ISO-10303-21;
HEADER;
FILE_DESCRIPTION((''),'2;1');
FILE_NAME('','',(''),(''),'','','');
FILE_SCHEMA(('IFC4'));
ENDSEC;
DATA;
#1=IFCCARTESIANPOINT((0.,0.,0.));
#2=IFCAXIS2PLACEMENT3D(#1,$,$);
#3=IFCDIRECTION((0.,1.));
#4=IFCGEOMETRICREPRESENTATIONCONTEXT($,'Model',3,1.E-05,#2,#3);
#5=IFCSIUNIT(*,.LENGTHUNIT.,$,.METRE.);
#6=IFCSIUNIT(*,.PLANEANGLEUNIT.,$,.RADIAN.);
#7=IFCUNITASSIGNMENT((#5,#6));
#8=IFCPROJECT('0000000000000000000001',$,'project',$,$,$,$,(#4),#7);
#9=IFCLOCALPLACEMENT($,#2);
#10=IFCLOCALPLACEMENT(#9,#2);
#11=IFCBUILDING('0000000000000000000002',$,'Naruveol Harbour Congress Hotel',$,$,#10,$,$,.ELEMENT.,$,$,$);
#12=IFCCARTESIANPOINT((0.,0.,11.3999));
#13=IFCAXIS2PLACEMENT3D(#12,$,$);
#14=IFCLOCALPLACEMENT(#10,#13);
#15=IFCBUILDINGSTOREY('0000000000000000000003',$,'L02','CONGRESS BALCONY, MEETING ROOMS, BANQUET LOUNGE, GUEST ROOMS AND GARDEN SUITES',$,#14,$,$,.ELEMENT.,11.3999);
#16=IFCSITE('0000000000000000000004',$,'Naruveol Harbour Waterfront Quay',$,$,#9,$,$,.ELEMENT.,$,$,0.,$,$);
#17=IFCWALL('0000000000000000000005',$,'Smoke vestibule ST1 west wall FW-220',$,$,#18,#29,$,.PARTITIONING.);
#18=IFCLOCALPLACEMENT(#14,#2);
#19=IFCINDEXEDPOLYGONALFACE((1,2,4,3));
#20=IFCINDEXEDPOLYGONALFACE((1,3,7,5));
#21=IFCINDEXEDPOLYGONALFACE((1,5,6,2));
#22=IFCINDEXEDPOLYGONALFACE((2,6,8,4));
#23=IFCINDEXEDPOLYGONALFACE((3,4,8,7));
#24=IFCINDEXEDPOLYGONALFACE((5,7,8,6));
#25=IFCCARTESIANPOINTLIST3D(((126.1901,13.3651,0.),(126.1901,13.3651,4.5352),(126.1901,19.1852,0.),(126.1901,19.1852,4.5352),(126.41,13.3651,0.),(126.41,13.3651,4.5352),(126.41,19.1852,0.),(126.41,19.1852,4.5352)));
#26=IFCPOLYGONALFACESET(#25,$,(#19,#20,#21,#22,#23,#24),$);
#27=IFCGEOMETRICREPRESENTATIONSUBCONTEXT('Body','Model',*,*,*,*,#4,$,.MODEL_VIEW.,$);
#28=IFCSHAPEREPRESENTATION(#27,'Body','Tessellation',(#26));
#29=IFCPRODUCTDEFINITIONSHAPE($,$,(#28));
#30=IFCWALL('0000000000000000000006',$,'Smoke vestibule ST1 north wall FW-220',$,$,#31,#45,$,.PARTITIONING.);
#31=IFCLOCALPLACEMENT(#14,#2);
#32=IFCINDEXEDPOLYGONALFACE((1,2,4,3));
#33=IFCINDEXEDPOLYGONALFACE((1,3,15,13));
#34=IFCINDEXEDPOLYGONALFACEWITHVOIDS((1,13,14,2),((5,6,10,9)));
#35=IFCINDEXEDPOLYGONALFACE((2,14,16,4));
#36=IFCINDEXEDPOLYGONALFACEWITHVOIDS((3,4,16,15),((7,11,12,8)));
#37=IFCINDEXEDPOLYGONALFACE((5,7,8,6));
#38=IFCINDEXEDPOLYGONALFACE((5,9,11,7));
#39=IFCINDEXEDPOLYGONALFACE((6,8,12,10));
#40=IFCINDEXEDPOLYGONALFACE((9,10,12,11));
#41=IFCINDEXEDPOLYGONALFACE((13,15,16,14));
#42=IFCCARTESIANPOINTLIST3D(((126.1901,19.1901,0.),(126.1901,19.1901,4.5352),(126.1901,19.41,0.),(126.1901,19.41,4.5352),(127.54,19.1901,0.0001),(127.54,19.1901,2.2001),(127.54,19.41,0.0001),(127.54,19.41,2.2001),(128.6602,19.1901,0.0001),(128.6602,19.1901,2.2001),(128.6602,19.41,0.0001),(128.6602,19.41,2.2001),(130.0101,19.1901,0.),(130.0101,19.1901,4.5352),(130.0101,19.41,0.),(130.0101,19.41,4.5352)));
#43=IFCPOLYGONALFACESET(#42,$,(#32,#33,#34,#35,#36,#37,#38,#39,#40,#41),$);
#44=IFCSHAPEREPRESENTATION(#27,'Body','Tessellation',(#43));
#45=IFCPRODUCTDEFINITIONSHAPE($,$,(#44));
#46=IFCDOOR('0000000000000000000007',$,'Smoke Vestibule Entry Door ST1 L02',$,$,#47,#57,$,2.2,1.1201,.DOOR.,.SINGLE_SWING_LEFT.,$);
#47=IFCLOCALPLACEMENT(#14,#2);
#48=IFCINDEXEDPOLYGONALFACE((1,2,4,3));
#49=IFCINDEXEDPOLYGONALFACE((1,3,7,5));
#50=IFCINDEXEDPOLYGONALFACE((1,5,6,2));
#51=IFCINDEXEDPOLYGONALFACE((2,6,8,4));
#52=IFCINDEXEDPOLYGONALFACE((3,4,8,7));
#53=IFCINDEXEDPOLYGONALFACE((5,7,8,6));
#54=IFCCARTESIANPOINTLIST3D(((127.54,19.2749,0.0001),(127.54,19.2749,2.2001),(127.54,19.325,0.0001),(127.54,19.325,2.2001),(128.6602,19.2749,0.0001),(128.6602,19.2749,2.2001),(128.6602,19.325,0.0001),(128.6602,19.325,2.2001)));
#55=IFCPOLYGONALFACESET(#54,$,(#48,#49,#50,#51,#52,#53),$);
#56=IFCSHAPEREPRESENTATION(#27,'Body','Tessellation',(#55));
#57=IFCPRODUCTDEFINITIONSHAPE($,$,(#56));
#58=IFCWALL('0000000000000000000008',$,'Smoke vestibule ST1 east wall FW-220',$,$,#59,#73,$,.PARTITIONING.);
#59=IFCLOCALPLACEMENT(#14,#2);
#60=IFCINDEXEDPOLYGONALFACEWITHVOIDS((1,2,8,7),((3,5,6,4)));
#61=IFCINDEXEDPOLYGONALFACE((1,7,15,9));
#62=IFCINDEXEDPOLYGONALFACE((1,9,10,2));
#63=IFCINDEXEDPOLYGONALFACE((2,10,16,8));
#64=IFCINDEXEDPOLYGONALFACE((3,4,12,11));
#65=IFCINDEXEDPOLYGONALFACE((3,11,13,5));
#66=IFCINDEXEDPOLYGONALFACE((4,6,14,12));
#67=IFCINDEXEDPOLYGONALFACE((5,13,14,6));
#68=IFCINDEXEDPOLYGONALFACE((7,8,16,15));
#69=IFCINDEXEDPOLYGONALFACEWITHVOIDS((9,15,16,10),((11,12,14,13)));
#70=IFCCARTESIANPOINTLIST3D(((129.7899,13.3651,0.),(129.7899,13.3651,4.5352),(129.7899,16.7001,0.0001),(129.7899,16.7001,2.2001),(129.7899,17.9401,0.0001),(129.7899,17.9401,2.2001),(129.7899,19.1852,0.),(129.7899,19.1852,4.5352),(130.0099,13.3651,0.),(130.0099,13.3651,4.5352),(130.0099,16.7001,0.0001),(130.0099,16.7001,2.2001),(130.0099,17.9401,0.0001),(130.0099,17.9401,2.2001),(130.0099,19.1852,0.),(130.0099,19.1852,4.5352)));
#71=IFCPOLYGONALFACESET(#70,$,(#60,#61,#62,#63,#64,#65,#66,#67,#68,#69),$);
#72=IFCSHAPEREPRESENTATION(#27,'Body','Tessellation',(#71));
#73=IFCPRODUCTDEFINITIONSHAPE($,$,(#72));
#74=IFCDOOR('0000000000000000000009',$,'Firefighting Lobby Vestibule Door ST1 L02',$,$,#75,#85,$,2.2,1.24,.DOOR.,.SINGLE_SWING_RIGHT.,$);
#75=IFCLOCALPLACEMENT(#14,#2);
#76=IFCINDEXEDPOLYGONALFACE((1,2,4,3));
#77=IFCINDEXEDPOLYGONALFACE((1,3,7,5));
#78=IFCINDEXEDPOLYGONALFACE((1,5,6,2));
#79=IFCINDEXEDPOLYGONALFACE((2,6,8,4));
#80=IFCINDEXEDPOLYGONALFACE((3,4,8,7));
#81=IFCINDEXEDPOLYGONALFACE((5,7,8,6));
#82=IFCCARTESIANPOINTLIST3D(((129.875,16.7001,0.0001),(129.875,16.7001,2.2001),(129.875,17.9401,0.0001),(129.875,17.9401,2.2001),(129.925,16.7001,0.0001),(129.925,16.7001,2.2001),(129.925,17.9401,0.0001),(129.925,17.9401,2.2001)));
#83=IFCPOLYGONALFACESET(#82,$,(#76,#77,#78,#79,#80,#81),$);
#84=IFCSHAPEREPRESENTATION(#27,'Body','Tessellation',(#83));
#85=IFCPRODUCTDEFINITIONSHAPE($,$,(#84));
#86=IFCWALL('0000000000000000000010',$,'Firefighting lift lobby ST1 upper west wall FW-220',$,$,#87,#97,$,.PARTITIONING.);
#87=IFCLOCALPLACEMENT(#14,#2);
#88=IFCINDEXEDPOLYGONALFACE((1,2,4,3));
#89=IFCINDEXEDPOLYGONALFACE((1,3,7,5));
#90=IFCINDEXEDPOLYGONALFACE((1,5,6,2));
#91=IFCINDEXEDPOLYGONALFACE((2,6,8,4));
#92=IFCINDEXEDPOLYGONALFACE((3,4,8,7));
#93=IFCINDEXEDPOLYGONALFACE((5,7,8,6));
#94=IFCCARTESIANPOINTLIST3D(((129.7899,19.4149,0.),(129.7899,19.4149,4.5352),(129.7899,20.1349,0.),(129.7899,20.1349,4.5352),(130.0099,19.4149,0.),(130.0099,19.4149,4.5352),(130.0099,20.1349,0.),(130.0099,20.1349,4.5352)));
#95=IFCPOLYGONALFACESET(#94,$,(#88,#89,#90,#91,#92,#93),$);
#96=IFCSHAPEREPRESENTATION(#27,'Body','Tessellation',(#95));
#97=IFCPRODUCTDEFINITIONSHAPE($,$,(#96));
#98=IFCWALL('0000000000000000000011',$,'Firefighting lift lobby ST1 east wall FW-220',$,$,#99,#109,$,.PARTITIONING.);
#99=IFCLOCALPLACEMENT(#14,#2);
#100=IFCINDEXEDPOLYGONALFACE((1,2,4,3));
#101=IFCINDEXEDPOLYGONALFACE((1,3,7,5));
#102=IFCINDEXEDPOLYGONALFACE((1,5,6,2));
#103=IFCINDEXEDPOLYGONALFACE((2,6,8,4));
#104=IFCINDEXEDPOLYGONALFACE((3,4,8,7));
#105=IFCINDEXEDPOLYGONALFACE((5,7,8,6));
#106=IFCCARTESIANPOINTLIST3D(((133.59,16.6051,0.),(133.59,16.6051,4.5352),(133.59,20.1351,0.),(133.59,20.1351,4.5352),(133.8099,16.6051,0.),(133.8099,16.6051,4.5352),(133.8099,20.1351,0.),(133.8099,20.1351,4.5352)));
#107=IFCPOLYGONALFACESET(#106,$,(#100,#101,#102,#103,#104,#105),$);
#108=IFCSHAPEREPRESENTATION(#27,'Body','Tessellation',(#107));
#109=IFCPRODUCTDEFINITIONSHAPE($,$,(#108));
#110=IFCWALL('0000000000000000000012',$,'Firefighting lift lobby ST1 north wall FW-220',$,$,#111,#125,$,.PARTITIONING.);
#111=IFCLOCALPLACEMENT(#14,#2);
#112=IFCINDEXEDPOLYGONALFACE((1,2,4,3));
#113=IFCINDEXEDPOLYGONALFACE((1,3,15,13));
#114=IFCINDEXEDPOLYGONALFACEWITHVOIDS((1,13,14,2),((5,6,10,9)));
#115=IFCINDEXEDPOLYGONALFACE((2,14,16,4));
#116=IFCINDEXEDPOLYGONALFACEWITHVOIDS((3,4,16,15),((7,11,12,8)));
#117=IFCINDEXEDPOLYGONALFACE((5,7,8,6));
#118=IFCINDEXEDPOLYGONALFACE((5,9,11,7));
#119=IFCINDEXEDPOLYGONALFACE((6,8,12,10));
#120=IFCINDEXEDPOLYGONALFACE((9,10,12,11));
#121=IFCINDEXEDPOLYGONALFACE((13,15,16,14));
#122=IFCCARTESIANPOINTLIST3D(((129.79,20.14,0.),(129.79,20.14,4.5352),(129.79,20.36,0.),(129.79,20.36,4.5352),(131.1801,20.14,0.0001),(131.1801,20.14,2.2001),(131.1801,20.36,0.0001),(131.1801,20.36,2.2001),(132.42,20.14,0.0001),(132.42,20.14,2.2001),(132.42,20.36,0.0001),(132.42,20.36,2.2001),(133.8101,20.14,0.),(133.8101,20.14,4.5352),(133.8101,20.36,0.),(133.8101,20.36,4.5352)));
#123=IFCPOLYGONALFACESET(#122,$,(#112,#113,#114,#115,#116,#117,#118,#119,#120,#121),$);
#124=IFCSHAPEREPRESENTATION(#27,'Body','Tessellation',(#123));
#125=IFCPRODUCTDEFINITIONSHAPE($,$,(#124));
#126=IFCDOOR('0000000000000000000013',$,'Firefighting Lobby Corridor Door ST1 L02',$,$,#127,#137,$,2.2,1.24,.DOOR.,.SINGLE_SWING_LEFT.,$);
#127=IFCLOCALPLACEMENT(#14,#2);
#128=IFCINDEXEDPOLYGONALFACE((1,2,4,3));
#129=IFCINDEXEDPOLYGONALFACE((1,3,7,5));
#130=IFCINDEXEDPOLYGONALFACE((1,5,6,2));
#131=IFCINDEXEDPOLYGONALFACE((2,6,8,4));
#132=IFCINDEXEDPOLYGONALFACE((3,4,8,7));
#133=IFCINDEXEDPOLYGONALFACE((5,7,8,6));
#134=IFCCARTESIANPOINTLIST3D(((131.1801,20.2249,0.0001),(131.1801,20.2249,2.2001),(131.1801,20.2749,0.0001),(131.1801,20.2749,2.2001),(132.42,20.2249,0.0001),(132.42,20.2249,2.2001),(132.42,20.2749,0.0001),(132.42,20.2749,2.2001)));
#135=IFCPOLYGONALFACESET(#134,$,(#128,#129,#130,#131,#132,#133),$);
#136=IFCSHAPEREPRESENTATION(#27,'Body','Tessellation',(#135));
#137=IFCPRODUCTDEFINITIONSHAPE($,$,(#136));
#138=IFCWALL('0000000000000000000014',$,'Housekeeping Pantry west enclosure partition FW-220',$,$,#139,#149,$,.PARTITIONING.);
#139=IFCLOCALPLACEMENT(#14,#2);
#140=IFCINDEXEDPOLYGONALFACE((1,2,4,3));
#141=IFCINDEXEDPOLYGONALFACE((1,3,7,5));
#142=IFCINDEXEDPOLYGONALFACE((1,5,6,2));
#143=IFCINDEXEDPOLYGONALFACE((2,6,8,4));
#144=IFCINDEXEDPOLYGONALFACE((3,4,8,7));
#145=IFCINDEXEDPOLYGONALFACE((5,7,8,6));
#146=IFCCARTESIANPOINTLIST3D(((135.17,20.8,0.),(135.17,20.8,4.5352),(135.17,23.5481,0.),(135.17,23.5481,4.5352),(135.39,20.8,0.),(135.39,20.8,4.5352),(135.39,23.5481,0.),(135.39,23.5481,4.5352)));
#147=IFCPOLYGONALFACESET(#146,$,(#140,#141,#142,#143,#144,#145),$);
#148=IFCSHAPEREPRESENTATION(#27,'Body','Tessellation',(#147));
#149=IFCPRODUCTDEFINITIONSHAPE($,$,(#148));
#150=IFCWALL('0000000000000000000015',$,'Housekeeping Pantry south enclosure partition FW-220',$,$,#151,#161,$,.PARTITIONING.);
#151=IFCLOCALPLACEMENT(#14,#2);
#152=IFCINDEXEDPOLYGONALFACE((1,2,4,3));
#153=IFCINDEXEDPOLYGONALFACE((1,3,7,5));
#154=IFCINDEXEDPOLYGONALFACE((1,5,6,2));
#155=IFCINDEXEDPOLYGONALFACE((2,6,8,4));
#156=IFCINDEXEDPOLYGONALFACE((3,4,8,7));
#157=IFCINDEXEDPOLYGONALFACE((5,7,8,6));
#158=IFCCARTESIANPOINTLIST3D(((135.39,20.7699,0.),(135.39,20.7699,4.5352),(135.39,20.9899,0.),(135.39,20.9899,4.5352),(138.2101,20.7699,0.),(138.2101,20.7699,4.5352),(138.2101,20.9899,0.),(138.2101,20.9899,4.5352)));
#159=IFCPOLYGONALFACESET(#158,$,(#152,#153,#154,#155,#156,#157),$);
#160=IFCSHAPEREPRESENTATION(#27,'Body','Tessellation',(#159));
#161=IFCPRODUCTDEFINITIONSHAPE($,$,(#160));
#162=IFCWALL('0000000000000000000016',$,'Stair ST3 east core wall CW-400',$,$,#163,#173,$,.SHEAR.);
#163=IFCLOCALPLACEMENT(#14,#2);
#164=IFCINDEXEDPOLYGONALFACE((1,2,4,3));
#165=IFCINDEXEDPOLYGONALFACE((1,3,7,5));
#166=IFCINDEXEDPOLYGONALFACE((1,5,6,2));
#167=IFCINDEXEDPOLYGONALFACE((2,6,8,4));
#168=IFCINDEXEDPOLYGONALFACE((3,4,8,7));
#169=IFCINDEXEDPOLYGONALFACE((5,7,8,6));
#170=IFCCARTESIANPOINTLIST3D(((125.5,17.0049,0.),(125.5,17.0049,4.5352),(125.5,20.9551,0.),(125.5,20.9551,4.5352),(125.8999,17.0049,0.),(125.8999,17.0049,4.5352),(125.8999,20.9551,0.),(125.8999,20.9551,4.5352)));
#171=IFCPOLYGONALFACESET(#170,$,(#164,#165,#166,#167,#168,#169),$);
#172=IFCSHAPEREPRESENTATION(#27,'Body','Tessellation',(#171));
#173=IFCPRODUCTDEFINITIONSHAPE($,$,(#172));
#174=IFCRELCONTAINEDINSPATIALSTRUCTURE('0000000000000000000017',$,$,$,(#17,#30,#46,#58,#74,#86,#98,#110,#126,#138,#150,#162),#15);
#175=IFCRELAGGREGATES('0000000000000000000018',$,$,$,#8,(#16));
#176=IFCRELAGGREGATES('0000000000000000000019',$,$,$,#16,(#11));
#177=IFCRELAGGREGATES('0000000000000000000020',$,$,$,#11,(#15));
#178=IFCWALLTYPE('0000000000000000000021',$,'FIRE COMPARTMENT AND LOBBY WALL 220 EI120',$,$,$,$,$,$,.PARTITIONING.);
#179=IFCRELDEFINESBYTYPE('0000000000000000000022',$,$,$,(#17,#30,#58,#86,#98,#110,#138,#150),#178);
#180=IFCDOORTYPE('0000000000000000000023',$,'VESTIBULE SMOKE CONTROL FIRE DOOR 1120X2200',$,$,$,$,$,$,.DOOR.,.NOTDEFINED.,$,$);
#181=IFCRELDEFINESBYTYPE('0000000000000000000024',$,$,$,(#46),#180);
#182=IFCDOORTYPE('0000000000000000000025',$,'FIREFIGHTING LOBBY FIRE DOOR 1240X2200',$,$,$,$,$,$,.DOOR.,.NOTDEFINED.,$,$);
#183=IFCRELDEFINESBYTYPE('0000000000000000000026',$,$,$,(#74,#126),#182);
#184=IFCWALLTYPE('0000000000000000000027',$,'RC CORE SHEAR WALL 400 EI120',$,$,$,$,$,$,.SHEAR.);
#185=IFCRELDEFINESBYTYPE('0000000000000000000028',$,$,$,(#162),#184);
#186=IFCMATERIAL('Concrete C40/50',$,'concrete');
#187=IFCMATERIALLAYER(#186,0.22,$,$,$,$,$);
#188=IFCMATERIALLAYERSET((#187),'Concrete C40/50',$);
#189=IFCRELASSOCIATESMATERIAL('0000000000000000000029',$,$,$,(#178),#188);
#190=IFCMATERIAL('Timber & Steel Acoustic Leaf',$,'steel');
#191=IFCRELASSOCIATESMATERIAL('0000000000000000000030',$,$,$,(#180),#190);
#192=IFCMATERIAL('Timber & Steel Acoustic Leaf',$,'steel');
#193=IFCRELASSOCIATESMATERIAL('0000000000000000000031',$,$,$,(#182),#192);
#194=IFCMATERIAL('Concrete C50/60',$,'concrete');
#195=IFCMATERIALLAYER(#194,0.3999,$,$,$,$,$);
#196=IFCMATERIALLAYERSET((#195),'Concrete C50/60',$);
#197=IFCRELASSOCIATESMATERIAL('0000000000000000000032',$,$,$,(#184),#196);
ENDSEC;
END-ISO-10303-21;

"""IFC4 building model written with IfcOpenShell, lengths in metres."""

from ifc_helpers import new_model, si_unit, direction, frame, frame_2d, origin, place, context, subcontext, project, spatial, rectangle, extrude, material, layer, layer_set, type_object, element, fill, save


model = new_model("IFC4")

# Units and contexts
model_context = context("Model", 3, precision=1e-05, world=origin(), true_north=direction((0.0, 1.0)))
body_context = subcontext(model_context, "Body", "Model", "MODEL_VIEW")
ifc_project = project(units=[si_unit("LENGTHUNIT", "METRE"), si_unit("PLANEANGLEUNIT", "RADIAN")], contexts=[model_context])

# Site, building, storey
site_placement = place(None, origin())
site = spatial("IfcSite", under=ifc_project, at=site_placement, Name="Naruveol Harbour Waterfront Quay", CompositionType="ELEMENT", RefElevation=0.0)
building_placement = place(site_placement, origin())
building = spatial("IfcBuilding", under=site, at=building_placement, Name="Naruveol Harbour Congress Hotel", CompositionType="ELEMENT")
storey_placement = place(building_placement, frame((0.0, 0.0, 11.3999)))
storey = spatial("IfcBuildingStorey", under=building, at=storey_placement, Name="L02", Description="CONGRESS BALCONY, MEETING ROOMS, BANQUET LOUNGE, GUEST ROOMS AND GARDEN SUITES", CompositionType="ELEMENT", Elevation=11.3999)

# Wall
ifc_material_1 = material(Name="Concrete C40/50", Category="concrete")
ifc_layer_1 = layer(ifc_material_1, 0.22)
ifc_layer_set_1 = layer_set([ifc_layer_1], Name="Concrete C40/50")
wall_type_1 = type_object("IfcWallType", Name="FIRE COMPARTMENT AND LOBBY WALL 220 EI120", PredefinedType="PARTITIONING", material=ifc_layer_set_1)
wall_1_placement = place(storey_placement, frame((126.3, 13.365, 0.0), z_axis=(0.0, 0.0, 1.0), x_axis=(0.0, 1.0, 0.0)))
element("IfcWall", 1, at=wall_1_placement, inside=storey, type_object=wall_type_1, Name="Smoke vestibule ST1 west wall FW-220", PredefinedType="PARTITIONING", context=body_context, shape_type="SweptSolid", body=[
    extrude(rectangle(XDim=5.8201, YDim=0.22, at=frame_2d((2.9102, 0.0))), origin(), (0.0, 0.0, 1.0), 4.5352),
])

# Walls, openings, doors
wall_2_placement = place(storey_placement, frame((126.1899, 19.3, 0.0), z_axis=(0.0, 0.0, 1.0), x_axis=(1.0, 0.0, 0.0)))
wall_2 = element("IfcWall", 2, at=wall_2_placement, inside=storey, type_object=wall_type_1, Name="Smoke vestibule ST1 north wall FW-220", PredefinedType="PARTITIONING", context=body_context, shape_type="SweptSolid", body=[
    extrude(rectangle(XDim=3.8201, YDim=0.22, at=frame_2d((1.9102, 0.0))), origin(), (0.0, 0.0, 1.0), 4.5352),
])
opening_1_placement = place(wall_2_placement, frame((1.3501, 0.0, 0.0)))
opening_1 = element("IfcOpeningElement", 3, at=opening_1_placement, cuts=wall_2, PredefinedType="OPENING", context=body_context, shape_type="SweptSolid", body=[
    extrude(rectangle(XDim=1.1201, YDim=2.2, at=frame_2d((0.5601, 1.1001))), frame((0.0, 0.1199, 0.0), z_axis=(0.0, -1.0, 0.0), x_axis=(1.0, 0.0, 0.0)), (0.0, 0.0, 1.0), 0.24),
])
ifc_material_2 = material(Name="Timber & Steel Acoustic Leaf", Category="steel")
door_type_1 = type_object("IfcDoorType", Name="VESTIBULE SMOKE CONTROL FIRE DOOR 1120X2200", OperationType="NOTDEFINED", PredefinedType="DOOR", material=ifc_material_2)
door_1_placement = place(opening_1_placement, origin())
door_1 = element("IfcDoor", 4, at=door_1_placement, inside=storey, type_object=door_type_1, Name="Smoke Vestibule Entry Door ST1 L02", OperationType="SINGLE_SWING_LEFT", OverallHeight=2.2, OverallWidth=1.1201, PredefinedType="DOOR", context=body_context, shape_type="SweptSolid", body=[
    extrude(rectangle(XDim=1.1201, YDim=2.2, at=frame_2d((0.5601, 1.1001))), frame((0.0, 0.0249, 0.0), z_axis=(0.0, -1.0, 0.0), x_axis=(1.0, 0.0, 0.0)), (0.0, 0.0, 1.0), 0.05),
])
fill(opening_1, door_1)
wall_3_placement = place(storey_placement, frame((129.8999, 13.365, 0.0), z_axis=(0.0, 0.0, 1.0), x_axis=(0.0, 1.0, 0.0)))
wall_3 = element("IfcWall", 5, at=wall_3_placement, inside=storey, type_object=wall_type_1, Name="Smoke vestibule ST1 east wall FW-220", PredefinedType="PARTITIONING", context=body_context, shape_type="SweptSolid", body=[
    extrude(rectangle(XDim=5.8201, YDim=0.22, at=frame_2d((2.9102, 0.0))), origin(), (0.0, 0.0, 1.0), 4.5352),
])
opening_2_placement = place(wall_3_placement, frame((3.335, 0.0, 0.0)))
opening_2 = element("IfcOpeningElement", 6, at=opening_2_placement, cuts=wall_3, PredefinedType="OPENING", context=body_context, shape_type="SweptSolid", body=[
    extrude(rectangle(XDim=1.24, YDim=2.2, at=frame_2d((0.6201, 1.1001))), frame((0.0, 0.1199, 0.0), z_axis=(0.0, -1.0, 0.0), x_axis=(1.0, 0.0, 0.0)), (0.0, 0.0, 1.0), 0.24),
])
ifc_material_3 = material(Name="Timber & Steel Acoustic Leaf", Category="steel")
door_type_2 = type_object("IfcDoorType", Name="FIREFIGHTING LOBBY FIRE DOOR 1240X2200", OperationType="NOTDEFINED", PredefinedType="DOOR", material=ifc_material_3)
door_2_placement = place(opening_2_placement, origin())
door_2 = element("IfcDoor", 7, at=door_2_placement, inside=storey, type_object=door_type_2, Name="Firefighting Lobby Vestibule Door ST1 L02", OperationType="SINGLE_SWING_RIGHT", OverallHeight=2.2, OverallWidth=1.24, PredefinedType="DOOR", context=body_context, shape_type="SweptSolid", body=[
    extrude(rectangle(XDim=1.24, YDim=2.2, at=frame_2d((0.6201, 1.1001))), frame((0.0, 0.0249, 0.0), z_axis=(0.0, -1.0, 0.0), x_axis=(1.0, 0.0, 0.0)), (0.0, 0.0, 1.0), 0.05),
])
fill(opening_2, door_2)

# Walls
wall_4_placement = place(storey_placement, frame((129.8999, 19.415, 0.0), z_axis=(0.0, 0.0, 1.0), x_axis=(0.0, 1.0, 0.0)))
element("IfcWall", 8, at=wall_4_placement, inside=storey, type_object=wall_type_1, Name="Firefighting lift lobby ST1 upper west wall FW-220", PredefinedType="PARTITIONING", context=body_context, shape_type="SweptSolid", body=[
    extrude(rectangle(XDim=0.72, YDim=0.22, at=frame_2d((0.3599, 0.0))), origin(), (0.0, 0.0, 1.0), 4.5352),
])
wall_5_placement = place(storey_placement, frame((133.7, 16.605, 0.0), z_axis=(0.0, 0.0, 1.0), x_axis=(0.0, 1.0, 0.0)))
element("IfcWall", 9, at=wall_5_placement, inside=storey, type_object=wall_type_1, Name="Firefighting lift lobby ST1 east wall FW-220", PredefinedType="PARTITIONING", context=body_context, shape_type="SweptSolid", body=[
    extrude(rectangle(XDim=3.53, YDim=0.22, at=frame_2d((1.7651, 0.0))), origin(), (0.0, 0.0, 1.0), 4.5352),
])

# Wall, opening, door
wall_6_placement = place(storey_placement, frame((129.79, 20.25, 0.0), z_axis=(0.0, 0.0, 1.0), x_axis=(1.0, 0.0, 0.0)))
wall_6 = element("IfcWall", 10, at=wall_6_placement, inside=storey, type_object=wall_type_1, Name="Firefighting lift lobby ST1 north wall FW-220", PredefinedType="PARTITIONING", context=body_context, shape_type="SweptSolid", body=[
    extrude(rectangle(XDim=4.02, YDim=0.22, at=frame_2d((2.01, 0.0))), origin(), (0.0, 0.0, 1.0), 4.5352),
])
opening_3_placement = place(wall_6_placement, frame((1.3899, 0.0, 0.0)))
opening_3 = element("IfcOpeningElement", 11, at=opening_3_placement, cuts=wall_6, PredefinedType="OPENING", context=body_context, shape_type="SweptSolid", body=[
    extrude(rectangle(XDim=1.24, YDim=2.2, at=frame_2d((0.6201, 1.1001))), frame((0.0, 0.1199, 0.0), z_axis=(0.0, -1.0, 0.0), x_axis=(1.0, 0.0, 0.0)), (0.0, 0.0, 1.0), 0.24),
])
door_3_placement = place(opening_3_placement, origin())
door_3 = element("IfcDoor", 12, at=door_3_placement, inside=storey, type_object=door_type_2, Name="Firefighting Lobby Corridor Door ST1 L02", OperationType="SINGLE_SWING_LEFT", OverallHeight=2.2, OverallWidth=1.24, PredefinedType="DOOR", context=body_context, shape_type="SweptSolid", body=[
    extrude(rectangle(XDim=1.24, YDim=2.2, at=frame_2d((0.6201, 1.1001))), frame((0.0, 0.0249, 0.0), z_axis=(0.0, -1.0, 0.0), x_axis=(1.0, 0.0, 0.0)), (0.0, 0.0, 1.0), 0.05),
])
fill(opening_3, door_3)

# Walls
wall_7_placement = place(storey_placement, frame((135.28, 20.8, 0.0), z_axis=(0.0, 0.0, 1.0), x_axis=(0.0, 1.0, 0.0)))
element("IfcWall", 13, at=wall_7_placement, inside=storey, type_object=wall_type_1, Name="Housekeeping Pantry west enclosure partition FW-220", PredefinedType="PARTITIONING", context=body_context, shape_type="SweptSolid", body=[
    extrude(rectangle(XDim=2.748, YDim=0.22, at=frame_2d((1.374, 0.0))), origin(), (0.0, 0.0, 1.0), 4.5352),
])
wall_8_placement = place(storey_placement, frame((135.3899, 20.8799, 0.0), z_axis=(0.0, 0.0, 1.0), x_axis=(1.0, 0.0, 0.0)))
element("IfcWall", 14, at=wall_8_placement, inside=storey, type_object=wall_type_1, Name="Housekeeping Pantry south enclosure partition FW-220", PredefinedType="PARTITIONING", context=body_context, shape_type="SweptSolid", body=[
    extrude(rectangle(XDim=2.8201, YDim=0.22, at=frame_2d((1.4102, 0.0))), origin(), (0.0, 0.0, 1.0), 4.5352),
])
ifc_material_4 = material(Name="Concrete C50/60", Category="concrete")
ifc_layer_2 = layer(ifc_material_4, 0.3999)
ifc_layer_set_2 = layer_set([ifc_layer_2], Name="Concrete C50/60")
wall_type_2 = type_object("IfcWallType", Name="RC CORE SHEAR WALL 400 EI120", PredefinedType="SHEAR", material=ifc_layer_set_2)
wall_9_placement = place(storey_placement, frame((125.7, 17.0049, 0.0), z_axis=(0.0, 0.0, 1.0), x_axis=(0.0, 1.0, 0.0)))
element("IfcWall", 15, at=wall_9_placement, inside=storey, type_object=wall_type_2, Name="Stair ST3 east core wall CW-400", PredefinedType="SHEAR", context=body_context, shape_type="SweptSolid", body=[
    extrude(rectangle(XDim=3.9502, YDim=0.3999, at=frame_2d((1.9751, 0.0))), origin(), (0.0, 0.0, 1.0), 4.5352),
])

save(model, "model.ifc")
